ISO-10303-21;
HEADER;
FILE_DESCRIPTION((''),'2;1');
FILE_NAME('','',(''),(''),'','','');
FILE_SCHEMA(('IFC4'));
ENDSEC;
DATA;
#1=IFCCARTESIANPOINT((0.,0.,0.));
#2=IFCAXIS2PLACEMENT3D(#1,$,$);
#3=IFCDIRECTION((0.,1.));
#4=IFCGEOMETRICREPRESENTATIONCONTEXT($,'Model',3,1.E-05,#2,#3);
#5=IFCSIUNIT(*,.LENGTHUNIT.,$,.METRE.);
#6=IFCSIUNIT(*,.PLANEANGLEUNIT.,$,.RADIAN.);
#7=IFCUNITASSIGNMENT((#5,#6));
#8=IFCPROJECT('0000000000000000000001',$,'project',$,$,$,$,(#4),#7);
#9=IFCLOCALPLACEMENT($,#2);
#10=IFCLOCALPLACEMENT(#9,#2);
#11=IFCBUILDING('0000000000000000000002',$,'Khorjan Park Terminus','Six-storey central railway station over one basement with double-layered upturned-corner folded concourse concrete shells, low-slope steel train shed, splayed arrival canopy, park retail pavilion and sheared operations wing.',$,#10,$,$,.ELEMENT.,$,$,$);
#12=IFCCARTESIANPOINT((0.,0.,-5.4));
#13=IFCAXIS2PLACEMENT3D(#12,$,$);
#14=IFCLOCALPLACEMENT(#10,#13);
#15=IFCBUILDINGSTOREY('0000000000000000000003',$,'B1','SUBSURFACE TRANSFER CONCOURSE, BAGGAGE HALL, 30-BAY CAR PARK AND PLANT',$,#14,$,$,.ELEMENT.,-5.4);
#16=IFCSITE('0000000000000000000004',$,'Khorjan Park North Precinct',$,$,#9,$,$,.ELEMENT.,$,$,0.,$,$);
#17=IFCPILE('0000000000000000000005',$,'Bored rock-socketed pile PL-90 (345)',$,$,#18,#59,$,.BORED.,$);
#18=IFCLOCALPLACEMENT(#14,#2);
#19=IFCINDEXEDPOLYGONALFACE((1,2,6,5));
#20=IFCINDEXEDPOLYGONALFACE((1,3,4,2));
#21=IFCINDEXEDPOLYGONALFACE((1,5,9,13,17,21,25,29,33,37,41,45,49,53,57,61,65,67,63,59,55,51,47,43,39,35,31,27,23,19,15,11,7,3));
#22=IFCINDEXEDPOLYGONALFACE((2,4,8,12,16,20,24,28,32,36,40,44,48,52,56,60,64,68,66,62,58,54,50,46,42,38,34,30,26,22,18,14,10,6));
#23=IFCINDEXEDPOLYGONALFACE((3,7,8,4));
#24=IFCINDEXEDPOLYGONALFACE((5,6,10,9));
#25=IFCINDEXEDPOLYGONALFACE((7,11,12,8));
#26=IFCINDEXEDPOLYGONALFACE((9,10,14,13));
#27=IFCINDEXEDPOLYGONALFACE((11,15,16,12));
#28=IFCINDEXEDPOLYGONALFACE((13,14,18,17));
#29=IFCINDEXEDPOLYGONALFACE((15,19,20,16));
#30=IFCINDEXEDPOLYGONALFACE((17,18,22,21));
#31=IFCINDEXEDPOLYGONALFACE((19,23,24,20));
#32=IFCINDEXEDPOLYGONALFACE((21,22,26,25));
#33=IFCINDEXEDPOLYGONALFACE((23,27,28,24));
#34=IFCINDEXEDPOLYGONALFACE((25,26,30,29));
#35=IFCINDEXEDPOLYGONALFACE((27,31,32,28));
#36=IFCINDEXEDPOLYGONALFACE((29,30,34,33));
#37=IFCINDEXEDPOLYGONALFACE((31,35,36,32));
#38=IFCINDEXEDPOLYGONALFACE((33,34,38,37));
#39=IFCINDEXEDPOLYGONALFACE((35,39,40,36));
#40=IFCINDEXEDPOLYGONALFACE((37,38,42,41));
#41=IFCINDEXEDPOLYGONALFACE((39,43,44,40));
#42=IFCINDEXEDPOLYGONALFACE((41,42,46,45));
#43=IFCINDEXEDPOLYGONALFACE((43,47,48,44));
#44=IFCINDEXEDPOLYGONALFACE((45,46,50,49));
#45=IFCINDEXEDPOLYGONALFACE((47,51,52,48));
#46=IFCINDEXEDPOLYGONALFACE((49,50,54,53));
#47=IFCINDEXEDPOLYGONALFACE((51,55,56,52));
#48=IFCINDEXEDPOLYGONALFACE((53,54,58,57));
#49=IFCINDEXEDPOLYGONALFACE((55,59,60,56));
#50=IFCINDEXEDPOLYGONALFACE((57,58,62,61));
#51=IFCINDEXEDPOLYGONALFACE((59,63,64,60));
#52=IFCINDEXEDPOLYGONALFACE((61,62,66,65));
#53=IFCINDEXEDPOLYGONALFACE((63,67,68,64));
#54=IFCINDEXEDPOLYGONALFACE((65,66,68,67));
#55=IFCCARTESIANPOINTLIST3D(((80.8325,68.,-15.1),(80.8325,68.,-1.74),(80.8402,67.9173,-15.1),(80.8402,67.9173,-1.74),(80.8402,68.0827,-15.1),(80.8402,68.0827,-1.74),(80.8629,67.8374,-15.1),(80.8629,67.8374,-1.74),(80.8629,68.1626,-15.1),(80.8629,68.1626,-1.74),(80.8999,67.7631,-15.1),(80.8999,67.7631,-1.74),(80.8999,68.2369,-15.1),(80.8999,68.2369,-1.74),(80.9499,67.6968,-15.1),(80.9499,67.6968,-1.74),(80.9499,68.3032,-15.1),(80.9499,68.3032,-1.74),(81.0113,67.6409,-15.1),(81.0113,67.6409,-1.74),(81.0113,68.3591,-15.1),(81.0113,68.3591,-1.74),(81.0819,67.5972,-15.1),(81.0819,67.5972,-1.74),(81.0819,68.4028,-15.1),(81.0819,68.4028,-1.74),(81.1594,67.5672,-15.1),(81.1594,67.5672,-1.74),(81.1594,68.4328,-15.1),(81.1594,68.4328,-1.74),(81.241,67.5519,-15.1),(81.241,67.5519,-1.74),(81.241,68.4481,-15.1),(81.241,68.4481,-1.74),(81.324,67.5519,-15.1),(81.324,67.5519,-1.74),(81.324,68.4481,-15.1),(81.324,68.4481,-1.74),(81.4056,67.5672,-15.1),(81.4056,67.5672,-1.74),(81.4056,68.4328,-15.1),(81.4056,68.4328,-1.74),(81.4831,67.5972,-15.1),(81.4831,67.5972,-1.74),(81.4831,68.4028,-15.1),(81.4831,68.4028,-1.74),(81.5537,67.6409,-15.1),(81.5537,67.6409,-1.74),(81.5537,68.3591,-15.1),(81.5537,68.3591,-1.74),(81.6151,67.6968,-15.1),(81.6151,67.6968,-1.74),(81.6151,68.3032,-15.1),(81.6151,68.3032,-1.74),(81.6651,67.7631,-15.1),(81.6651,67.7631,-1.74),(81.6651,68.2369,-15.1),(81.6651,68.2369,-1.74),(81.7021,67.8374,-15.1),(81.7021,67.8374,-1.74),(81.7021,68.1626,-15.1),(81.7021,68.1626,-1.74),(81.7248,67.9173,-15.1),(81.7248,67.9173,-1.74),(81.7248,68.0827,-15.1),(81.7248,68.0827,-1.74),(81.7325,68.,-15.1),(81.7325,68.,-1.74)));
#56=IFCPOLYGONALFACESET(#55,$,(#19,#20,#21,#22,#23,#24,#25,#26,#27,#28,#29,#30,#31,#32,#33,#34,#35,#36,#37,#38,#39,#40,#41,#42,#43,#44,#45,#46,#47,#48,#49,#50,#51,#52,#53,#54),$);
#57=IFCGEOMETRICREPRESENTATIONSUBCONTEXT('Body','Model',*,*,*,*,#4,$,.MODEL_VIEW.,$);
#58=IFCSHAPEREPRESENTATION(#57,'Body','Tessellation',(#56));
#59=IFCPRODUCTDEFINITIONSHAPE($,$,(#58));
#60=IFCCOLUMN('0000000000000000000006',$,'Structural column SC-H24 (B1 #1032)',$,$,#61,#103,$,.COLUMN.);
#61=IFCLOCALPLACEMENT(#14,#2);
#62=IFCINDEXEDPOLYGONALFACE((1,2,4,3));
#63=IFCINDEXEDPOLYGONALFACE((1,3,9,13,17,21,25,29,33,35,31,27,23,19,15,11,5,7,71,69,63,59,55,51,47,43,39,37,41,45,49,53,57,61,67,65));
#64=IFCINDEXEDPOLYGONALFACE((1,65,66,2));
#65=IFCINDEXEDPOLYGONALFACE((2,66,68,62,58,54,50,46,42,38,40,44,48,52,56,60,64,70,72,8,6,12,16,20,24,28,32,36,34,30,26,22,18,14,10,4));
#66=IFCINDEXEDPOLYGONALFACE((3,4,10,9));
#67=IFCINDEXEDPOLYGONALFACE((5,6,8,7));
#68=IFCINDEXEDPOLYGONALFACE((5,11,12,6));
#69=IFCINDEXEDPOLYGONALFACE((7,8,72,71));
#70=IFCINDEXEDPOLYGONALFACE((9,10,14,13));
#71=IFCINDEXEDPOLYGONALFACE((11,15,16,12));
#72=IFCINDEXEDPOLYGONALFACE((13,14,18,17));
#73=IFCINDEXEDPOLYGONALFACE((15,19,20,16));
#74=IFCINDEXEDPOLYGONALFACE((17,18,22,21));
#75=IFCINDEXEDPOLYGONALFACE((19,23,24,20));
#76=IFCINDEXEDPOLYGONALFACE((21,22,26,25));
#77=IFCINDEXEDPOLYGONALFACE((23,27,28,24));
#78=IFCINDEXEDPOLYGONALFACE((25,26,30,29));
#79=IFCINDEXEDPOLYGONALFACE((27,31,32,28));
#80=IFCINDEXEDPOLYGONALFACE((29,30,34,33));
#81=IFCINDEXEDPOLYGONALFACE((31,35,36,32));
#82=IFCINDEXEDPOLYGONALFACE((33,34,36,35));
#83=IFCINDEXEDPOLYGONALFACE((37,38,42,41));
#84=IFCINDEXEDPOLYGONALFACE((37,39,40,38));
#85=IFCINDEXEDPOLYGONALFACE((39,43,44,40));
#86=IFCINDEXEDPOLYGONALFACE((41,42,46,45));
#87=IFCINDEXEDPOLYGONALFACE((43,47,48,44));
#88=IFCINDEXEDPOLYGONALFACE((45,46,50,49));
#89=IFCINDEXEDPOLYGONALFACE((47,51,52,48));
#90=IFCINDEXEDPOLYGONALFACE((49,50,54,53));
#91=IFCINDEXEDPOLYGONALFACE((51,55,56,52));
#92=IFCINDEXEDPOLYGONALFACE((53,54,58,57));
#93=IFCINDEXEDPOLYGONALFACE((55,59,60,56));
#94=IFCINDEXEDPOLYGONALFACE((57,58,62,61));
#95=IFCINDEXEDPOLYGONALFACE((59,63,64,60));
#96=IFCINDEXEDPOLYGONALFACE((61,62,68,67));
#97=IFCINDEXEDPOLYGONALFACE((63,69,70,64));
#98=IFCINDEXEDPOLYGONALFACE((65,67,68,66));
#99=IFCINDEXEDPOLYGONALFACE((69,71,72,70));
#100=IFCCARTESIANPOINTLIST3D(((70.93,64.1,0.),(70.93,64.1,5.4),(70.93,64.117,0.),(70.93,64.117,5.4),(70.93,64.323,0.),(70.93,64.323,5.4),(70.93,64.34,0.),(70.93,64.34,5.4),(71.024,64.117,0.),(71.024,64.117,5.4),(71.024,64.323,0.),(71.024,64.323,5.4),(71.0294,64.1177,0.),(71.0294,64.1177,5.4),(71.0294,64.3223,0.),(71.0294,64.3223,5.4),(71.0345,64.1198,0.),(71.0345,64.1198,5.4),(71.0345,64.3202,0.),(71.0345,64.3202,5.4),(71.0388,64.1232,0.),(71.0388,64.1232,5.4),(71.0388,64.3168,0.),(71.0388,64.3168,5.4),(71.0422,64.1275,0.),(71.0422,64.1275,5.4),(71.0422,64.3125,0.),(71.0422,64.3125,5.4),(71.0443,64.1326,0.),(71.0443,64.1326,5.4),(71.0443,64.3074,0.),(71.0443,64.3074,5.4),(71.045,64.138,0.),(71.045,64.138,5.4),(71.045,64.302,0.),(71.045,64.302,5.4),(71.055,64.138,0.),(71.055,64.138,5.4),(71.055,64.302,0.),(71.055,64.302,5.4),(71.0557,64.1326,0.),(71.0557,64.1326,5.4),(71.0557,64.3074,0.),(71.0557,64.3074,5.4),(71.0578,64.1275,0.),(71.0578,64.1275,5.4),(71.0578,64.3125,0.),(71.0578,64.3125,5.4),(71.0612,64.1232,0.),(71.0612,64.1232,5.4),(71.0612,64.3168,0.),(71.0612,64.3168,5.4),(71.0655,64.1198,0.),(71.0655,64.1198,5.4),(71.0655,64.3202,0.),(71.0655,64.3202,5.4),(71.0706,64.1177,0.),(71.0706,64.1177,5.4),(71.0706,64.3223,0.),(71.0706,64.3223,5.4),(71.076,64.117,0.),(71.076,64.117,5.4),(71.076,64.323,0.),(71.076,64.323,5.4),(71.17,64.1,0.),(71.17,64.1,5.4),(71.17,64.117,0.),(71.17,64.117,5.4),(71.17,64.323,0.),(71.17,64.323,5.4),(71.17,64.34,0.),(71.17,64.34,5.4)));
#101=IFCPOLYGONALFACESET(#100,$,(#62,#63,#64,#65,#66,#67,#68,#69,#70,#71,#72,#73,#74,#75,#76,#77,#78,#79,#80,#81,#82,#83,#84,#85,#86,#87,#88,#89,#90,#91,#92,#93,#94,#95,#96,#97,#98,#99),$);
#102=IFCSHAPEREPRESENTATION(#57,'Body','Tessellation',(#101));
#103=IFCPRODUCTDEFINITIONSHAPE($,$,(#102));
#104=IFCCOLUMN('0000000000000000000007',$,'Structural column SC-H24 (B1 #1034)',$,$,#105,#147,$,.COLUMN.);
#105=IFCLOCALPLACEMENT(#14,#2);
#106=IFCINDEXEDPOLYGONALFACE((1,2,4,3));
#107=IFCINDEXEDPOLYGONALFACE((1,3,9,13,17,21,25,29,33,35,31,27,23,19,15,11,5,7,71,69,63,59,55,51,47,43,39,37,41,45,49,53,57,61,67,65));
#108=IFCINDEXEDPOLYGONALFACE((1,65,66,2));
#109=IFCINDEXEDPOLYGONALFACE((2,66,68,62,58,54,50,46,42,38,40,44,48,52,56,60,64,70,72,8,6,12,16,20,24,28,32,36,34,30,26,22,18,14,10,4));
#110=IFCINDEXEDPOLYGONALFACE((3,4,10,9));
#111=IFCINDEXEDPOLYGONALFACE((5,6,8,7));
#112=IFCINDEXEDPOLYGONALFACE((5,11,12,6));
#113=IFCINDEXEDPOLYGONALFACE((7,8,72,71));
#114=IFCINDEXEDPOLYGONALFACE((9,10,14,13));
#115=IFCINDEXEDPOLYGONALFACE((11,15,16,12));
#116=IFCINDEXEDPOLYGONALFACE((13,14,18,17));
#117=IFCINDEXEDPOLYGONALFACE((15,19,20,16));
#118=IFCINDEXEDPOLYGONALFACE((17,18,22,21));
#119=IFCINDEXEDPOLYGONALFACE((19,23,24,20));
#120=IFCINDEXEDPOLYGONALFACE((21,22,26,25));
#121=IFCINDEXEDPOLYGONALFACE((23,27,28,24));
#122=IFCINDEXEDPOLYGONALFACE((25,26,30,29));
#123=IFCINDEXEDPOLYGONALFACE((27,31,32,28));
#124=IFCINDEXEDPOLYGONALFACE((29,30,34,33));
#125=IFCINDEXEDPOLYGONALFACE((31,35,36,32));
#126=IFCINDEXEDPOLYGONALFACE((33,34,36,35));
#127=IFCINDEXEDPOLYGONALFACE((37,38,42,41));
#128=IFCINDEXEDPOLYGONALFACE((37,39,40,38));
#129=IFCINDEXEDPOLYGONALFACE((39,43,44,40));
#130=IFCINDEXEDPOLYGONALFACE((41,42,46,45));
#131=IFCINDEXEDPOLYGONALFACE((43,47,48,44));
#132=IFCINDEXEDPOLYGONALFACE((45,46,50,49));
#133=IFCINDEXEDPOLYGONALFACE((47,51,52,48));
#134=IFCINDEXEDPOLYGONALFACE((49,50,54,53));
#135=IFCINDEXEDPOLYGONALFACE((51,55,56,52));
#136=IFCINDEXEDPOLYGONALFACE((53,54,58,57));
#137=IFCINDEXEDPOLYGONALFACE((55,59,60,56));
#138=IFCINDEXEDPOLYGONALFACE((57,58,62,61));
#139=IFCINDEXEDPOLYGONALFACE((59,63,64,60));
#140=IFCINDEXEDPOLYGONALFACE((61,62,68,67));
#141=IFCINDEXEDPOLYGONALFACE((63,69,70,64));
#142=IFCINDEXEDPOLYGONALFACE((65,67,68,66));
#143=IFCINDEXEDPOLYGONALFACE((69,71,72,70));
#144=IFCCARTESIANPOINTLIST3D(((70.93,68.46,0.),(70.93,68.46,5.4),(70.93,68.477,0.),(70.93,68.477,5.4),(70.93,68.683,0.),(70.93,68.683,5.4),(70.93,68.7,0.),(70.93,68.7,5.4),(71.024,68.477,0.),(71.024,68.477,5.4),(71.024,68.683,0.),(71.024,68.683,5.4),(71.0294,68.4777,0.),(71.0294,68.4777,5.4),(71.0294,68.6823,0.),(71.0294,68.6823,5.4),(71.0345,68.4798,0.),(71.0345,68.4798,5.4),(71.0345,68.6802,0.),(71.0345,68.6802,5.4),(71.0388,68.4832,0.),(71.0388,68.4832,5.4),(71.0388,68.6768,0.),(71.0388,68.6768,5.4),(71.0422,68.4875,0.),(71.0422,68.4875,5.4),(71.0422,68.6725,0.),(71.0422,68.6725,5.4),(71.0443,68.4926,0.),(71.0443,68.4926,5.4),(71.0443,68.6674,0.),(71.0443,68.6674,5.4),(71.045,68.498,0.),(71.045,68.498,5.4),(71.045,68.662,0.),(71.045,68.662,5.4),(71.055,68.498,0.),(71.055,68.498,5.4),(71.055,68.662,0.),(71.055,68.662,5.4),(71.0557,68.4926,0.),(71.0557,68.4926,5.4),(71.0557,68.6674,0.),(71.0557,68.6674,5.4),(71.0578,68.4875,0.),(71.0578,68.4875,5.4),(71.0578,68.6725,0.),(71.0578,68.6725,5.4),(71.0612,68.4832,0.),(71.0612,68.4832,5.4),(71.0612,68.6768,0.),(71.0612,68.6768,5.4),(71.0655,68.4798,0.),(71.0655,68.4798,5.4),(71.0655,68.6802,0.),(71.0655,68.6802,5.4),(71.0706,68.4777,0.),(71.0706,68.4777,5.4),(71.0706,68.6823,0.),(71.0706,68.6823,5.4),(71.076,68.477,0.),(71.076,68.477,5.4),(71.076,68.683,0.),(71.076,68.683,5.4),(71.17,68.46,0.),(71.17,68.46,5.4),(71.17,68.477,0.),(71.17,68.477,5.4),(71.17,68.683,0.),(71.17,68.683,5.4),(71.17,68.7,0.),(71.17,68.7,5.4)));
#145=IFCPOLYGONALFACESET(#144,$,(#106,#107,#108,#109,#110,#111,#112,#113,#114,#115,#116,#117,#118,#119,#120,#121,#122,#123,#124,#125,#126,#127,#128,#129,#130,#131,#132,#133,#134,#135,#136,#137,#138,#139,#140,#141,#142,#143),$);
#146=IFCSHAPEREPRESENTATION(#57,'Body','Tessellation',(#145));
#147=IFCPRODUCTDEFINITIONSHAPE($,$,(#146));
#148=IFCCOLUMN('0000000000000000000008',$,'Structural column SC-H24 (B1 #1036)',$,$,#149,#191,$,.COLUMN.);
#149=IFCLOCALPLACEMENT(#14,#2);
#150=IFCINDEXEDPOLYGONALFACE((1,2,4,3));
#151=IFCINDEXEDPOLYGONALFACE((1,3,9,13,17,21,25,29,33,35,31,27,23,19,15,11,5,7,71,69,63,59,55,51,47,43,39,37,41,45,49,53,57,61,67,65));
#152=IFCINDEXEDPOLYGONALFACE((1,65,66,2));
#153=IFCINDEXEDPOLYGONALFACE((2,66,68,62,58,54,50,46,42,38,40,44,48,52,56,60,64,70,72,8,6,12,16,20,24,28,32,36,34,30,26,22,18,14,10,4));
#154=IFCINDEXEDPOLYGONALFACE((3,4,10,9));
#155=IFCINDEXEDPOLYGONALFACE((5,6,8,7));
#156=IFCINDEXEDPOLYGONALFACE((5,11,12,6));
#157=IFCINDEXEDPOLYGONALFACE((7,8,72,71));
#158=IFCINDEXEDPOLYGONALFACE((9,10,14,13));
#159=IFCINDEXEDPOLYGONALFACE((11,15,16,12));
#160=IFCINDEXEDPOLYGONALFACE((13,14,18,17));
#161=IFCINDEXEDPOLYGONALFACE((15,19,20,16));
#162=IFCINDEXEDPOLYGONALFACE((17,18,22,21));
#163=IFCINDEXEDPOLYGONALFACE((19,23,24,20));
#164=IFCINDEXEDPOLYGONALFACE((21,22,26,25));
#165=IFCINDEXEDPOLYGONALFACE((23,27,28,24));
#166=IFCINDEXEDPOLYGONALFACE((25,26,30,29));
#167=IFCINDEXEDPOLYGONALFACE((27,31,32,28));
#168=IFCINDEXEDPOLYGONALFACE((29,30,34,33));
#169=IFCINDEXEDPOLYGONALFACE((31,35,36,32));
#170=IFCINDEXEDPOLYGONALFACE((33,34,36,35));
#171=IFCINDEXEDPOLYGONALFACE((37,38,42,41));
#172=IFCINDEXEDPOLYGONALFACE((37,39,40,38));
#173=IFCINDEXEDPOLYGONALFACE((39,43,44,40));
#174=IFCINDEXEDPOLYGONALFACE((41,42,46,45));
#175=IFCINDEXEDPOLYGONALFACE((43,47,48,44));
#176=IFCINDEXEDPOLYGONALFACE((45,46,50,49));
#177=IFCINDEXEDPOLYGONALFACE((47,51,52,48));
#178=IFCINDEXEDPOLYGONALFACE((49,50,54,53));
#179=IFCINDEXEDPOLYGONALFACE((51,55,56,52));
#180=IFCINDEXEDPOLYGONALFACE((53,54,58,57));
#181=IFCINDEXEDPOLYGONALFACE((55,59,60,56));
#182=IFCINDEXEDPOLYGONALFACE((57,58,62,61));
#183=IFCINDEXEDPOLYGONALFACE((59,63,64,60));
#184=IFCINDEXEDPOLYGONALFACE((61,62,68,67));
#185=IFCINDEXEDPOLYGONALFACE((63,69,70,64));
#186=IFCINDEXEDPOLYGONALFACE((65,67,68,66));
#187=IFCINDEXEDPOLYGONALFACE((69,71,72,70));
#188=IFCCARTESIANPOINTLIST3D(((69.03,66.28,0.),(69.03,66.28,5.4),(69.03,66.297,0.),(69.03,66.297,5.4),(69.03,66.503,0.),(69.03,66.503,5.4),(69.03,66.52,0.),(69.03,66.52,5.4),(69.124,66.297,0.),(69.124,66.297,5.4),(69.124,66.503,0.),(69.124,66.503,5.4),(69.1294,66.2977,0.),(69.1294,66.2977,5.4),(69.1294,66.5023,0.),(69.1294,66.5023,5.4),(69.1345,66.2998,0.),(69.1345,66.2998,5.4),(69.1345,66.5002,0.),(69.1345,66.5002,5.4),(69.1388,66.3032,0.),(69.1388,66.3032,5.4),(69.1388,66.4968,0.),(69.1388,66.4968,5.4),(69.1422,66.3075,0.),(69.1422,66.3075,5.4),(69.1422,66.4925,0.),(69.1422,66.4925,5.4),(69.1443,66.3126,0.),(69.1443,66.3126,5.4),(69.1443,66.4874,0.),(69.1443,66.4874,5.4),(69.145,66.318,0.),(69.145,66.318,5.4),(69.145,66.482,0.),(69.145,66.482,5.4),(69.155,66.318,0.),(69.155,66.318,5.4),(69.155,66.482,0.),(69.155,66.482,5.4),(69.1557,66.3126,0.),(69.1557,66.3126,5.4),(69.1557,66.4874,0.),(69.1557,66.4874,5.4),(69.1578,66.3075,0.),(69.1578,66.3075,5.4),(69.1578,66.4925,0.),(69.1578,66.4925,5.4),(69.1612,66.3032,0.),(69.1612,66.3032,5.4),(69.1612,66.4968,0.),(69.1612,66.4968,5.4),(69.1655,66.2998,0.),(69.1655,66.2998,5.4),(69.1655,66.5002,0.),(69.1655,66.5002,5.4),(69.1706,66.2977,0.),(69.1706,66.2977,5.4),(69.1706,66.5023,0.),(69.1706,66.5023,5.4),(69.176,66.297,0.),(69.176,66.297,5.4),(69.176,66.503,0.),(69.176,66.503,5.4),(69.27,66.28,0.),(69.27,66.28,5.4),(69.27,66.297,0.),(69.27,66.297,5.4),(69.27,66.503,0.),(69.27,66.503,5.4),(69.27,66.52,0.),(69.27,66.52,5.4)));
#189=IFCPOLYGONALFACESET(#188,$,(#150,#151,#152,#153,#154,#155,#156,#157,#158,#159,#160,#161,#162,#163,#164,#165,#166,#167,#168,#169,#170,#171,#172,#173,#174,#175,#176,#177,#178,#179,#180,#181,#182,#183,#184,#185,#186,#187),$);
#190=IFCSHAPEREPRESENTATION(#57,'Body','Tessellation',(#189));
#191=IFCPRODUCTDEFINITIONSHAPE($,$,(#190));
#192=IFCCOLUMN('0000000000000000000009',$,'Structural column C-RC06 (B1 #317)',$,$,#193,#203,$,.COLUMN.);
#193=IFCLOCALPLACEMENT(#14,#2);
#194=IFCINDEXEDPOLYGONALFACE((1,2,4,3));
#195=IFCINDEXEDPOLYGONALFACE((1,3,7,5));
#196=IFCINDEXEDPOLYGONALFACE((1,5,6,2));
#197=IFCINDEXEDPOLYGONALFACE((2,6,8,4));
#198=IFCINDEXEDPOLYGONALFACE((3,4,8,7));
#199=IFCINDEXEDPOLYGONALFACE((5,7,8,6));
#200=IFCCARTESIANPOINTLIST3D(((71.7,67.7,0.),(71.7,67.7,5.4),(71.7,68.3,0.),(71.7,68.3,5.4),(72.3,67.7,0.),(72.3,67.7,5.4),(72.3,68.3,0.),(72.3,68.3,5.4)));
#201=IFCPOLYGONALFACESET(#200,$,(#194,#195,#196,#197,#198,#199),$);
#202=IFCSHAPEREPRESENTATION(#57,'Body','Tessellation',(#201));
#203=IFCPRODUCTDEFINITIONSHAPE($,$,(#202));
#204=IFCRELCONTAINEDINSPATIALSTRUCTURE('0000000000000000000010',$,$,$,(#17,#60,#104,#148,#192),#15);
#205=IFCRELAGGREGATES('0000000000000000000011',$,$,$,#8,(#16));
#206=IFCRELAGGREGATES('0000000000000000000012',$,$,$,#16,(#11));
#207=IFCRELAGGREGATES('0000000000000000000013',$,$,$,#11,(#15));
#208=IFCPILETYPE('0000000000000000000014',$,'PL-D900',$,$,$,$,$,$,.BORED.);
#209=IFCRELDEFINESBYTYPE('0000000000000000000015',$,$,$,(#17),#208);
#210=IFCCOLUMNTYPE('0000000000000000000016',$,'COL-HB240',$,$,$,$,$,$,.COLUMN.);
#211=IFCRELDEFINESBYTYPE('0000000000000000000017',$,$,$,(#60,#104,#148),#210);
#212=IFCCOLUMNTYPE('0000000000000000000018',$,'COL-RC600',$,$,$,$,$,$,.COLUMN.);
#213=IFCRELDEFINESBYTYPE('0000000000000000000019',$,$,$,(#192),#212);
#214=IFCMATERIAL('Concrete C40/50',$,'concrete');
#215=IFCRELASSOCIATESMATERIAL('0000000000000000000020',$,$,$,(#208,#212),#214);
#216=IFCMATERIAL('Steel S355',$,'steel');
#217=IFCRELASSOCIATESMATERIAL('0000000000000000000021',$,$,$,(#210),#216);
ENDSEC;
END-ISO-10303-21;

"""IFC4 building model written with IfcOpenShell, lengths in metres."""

from ifc_helpers import new_model, si_unit, direction, frame, origin, origin_2d, place, context, subcontext, project, spatial, rectangle, circle, i_section, extrude, material, material_profile, profile_set, type_object, element, save


model = new_model("IFC4")

# Units and contexts
model_context = context("Model", 3, precision=1e-05, world=origin(), true_north=direction((0.0, 1.0)))
body_context = subcontext(model_context, "Body", "Model", "MODEL_VIEW")
ifc_project = project(units=[si_unit("LENGTHUNIT", "METRE"), si_unit("PLANEANGLEUNIT", "RADIAN")], contexts=[model_context])

# Site, building, storey
site_placement = place(None, origin())
site = spatial("IfcSite", under=ifc_project, at=site_placement, Name="Khorjan Park North Precinct", CompositionType="ELEMENT", RefElevation=0.0)
building_placement = place(site_placement, origin())
building = spatial("IfcBuilding", under=site, at=building_placement, Name="Khorjan Park Terminus", Description="Six-storey central railway station over one basement with double-layered upturned-corner folded concourse concrete shells, low-slope steel train shed, splayed arrival canopy, park retail pavilion and sheared operations wing.", CompositionType="ELEMENT")
storey_placement = place(building_placement, frame((0.0, 0.0, -5.4)))
storey = spatial("IfcBuildingStorey", under=building, at=storey_placement, Name="B1", Description="SUBSURFACE TRANSFER CONCOURSE, BAGGAGE HALL, 30-BAY CAR PARK AND PLANT", CompositionType="ELEMENT", Elevation=-5.4)

# Shared definitions
ifc_material_1 = material(Name="Concrete C40/50", Category="concrete")

# Pile
ifc_material_profile_1 = material_profile(ifc_material_1, circle(Radius=0.45, at=origin_2d()), Name="BORED D900")
ifc_profile_set_1 = profile_set([ifc_material_profile_1], Name="Concrete C40/50")
pile_type_1 = type_object("IfcPileType", Name="PL-D900", PredefinedType="BORED", material=ifc_profile_set_1)
for number, where, z_axis, x_axis, name in (
    (1, (81.2825, 68.0, -1.74), (0.0, 0.0, -1.0), (1.0, 0.0, 0.0), "Bored rock-socketed pile PL-90 (345)"),
):
    element("IfcPile", number, at=place(storey_placement, frame(where, z_axis=z_axis, x_axis=x_axis)), inside=storey, type_object=pile_type_1, Name=name, PredefinedType="BORED", context=body_context, shape_type="SweptSolid", body=[
        extrude(circle(Radius=0.45, at=origin_2d()), origin(), (0.0, 0.0, 1.0), 13.36),
    ])

# Columns
ifc_material_2 = material(Name="Steel S355", Category="steel")
ifc_material_profile_2 = material_profile(ifc_material_2, i_section(OverallWidth=0.24, OverallDepth=0.24, WebThickness=0.01, FlangeThickness=0.017, FilletRadius=0.021, at=origin_2d()), Name="HEB 240")
ifc_profile_set_2 = profile_set([ifc_material_profile_2], Name="Steel S355")
column_type_1 = type_object("IfcColumnType", Name="COL-HB240", PredefinedType="COLUMN", material=ifc_profile_set_2)
for number, where, z_axis, x_axis, name in (
    (2, (71.05, 64.22, 0.0), (0.0, 0.0, 1.0), (1.0, 0.0, 0.0), "Structural column SC-H24 (B1 #1032)"),
    (3, (71.05, 68.58, 0.0), (0.0, 0.0, 1.0), (1.0, 0.0, 0.0), "Structural column SC-H24 (B1 #1034)"),
    (4, (69.15, 66.4, 0.0), (0.0, 0.0, 1.0), (1.0, 0.0, 0.0), "Structural column SC-H24 (B1 #1036)"),
):
    element("IfcColumn", number, at=place(storey_placement, frame(where, z_axis=z_axis, x_axis=x_axis)), inside=storey, type_object=column_type_1, Name=name, PredefinedType="COLUMN", context=body_context, shape_type="SweptSolid", body=[
        extrude(i_section(OverallWidth=0.24, OverallDepth=0.24, WebThickness=0.01, FlangeThickness=0.017, FilletRadius=0.021, at=origin_2d()), origin(), (0.0, 0.0, 1.0), 5.4),
    ])
ifc_material_profile_3 = material_profile(ifc_material_1, rectangle(XDim=0.6, YDim=0.6, at=origin_2d()), Name="RC 600x600")
ifc_profile_set_3 = profile_set([ifc_material_profile_3], Name="Concrete C40/50")
column_type_2 = type_object("IfcColumnType", Name="COL-RC600", PredefinedType="COLUMN", material=ifc_profile_set_3)
for number, where, z_axis, x_axis, name in (
    (5, (72.0, 68.0, 0.0), (0.0, 0.0, 1.0), (1.0, 0.0, 0.0), "Structural column C-RC06 (B1 #317)"),
):
    element("IfcColumn", number, at=place(storey_placement, frame(where, z_axis=z_axis, x_axis=x_axis)), inside=storey, type_object=column_type_2, Name=name, PredefinedType="COLUMN", context=body_context, shape_type="SweptSolid", body=[
        extrude(rectangle(XDim=0.6, YDim=0.6, at=origin_2d()), origin(), (0.0, 0.0, 1.0), 5.4),
    ])

save(model, "model.ifc")
